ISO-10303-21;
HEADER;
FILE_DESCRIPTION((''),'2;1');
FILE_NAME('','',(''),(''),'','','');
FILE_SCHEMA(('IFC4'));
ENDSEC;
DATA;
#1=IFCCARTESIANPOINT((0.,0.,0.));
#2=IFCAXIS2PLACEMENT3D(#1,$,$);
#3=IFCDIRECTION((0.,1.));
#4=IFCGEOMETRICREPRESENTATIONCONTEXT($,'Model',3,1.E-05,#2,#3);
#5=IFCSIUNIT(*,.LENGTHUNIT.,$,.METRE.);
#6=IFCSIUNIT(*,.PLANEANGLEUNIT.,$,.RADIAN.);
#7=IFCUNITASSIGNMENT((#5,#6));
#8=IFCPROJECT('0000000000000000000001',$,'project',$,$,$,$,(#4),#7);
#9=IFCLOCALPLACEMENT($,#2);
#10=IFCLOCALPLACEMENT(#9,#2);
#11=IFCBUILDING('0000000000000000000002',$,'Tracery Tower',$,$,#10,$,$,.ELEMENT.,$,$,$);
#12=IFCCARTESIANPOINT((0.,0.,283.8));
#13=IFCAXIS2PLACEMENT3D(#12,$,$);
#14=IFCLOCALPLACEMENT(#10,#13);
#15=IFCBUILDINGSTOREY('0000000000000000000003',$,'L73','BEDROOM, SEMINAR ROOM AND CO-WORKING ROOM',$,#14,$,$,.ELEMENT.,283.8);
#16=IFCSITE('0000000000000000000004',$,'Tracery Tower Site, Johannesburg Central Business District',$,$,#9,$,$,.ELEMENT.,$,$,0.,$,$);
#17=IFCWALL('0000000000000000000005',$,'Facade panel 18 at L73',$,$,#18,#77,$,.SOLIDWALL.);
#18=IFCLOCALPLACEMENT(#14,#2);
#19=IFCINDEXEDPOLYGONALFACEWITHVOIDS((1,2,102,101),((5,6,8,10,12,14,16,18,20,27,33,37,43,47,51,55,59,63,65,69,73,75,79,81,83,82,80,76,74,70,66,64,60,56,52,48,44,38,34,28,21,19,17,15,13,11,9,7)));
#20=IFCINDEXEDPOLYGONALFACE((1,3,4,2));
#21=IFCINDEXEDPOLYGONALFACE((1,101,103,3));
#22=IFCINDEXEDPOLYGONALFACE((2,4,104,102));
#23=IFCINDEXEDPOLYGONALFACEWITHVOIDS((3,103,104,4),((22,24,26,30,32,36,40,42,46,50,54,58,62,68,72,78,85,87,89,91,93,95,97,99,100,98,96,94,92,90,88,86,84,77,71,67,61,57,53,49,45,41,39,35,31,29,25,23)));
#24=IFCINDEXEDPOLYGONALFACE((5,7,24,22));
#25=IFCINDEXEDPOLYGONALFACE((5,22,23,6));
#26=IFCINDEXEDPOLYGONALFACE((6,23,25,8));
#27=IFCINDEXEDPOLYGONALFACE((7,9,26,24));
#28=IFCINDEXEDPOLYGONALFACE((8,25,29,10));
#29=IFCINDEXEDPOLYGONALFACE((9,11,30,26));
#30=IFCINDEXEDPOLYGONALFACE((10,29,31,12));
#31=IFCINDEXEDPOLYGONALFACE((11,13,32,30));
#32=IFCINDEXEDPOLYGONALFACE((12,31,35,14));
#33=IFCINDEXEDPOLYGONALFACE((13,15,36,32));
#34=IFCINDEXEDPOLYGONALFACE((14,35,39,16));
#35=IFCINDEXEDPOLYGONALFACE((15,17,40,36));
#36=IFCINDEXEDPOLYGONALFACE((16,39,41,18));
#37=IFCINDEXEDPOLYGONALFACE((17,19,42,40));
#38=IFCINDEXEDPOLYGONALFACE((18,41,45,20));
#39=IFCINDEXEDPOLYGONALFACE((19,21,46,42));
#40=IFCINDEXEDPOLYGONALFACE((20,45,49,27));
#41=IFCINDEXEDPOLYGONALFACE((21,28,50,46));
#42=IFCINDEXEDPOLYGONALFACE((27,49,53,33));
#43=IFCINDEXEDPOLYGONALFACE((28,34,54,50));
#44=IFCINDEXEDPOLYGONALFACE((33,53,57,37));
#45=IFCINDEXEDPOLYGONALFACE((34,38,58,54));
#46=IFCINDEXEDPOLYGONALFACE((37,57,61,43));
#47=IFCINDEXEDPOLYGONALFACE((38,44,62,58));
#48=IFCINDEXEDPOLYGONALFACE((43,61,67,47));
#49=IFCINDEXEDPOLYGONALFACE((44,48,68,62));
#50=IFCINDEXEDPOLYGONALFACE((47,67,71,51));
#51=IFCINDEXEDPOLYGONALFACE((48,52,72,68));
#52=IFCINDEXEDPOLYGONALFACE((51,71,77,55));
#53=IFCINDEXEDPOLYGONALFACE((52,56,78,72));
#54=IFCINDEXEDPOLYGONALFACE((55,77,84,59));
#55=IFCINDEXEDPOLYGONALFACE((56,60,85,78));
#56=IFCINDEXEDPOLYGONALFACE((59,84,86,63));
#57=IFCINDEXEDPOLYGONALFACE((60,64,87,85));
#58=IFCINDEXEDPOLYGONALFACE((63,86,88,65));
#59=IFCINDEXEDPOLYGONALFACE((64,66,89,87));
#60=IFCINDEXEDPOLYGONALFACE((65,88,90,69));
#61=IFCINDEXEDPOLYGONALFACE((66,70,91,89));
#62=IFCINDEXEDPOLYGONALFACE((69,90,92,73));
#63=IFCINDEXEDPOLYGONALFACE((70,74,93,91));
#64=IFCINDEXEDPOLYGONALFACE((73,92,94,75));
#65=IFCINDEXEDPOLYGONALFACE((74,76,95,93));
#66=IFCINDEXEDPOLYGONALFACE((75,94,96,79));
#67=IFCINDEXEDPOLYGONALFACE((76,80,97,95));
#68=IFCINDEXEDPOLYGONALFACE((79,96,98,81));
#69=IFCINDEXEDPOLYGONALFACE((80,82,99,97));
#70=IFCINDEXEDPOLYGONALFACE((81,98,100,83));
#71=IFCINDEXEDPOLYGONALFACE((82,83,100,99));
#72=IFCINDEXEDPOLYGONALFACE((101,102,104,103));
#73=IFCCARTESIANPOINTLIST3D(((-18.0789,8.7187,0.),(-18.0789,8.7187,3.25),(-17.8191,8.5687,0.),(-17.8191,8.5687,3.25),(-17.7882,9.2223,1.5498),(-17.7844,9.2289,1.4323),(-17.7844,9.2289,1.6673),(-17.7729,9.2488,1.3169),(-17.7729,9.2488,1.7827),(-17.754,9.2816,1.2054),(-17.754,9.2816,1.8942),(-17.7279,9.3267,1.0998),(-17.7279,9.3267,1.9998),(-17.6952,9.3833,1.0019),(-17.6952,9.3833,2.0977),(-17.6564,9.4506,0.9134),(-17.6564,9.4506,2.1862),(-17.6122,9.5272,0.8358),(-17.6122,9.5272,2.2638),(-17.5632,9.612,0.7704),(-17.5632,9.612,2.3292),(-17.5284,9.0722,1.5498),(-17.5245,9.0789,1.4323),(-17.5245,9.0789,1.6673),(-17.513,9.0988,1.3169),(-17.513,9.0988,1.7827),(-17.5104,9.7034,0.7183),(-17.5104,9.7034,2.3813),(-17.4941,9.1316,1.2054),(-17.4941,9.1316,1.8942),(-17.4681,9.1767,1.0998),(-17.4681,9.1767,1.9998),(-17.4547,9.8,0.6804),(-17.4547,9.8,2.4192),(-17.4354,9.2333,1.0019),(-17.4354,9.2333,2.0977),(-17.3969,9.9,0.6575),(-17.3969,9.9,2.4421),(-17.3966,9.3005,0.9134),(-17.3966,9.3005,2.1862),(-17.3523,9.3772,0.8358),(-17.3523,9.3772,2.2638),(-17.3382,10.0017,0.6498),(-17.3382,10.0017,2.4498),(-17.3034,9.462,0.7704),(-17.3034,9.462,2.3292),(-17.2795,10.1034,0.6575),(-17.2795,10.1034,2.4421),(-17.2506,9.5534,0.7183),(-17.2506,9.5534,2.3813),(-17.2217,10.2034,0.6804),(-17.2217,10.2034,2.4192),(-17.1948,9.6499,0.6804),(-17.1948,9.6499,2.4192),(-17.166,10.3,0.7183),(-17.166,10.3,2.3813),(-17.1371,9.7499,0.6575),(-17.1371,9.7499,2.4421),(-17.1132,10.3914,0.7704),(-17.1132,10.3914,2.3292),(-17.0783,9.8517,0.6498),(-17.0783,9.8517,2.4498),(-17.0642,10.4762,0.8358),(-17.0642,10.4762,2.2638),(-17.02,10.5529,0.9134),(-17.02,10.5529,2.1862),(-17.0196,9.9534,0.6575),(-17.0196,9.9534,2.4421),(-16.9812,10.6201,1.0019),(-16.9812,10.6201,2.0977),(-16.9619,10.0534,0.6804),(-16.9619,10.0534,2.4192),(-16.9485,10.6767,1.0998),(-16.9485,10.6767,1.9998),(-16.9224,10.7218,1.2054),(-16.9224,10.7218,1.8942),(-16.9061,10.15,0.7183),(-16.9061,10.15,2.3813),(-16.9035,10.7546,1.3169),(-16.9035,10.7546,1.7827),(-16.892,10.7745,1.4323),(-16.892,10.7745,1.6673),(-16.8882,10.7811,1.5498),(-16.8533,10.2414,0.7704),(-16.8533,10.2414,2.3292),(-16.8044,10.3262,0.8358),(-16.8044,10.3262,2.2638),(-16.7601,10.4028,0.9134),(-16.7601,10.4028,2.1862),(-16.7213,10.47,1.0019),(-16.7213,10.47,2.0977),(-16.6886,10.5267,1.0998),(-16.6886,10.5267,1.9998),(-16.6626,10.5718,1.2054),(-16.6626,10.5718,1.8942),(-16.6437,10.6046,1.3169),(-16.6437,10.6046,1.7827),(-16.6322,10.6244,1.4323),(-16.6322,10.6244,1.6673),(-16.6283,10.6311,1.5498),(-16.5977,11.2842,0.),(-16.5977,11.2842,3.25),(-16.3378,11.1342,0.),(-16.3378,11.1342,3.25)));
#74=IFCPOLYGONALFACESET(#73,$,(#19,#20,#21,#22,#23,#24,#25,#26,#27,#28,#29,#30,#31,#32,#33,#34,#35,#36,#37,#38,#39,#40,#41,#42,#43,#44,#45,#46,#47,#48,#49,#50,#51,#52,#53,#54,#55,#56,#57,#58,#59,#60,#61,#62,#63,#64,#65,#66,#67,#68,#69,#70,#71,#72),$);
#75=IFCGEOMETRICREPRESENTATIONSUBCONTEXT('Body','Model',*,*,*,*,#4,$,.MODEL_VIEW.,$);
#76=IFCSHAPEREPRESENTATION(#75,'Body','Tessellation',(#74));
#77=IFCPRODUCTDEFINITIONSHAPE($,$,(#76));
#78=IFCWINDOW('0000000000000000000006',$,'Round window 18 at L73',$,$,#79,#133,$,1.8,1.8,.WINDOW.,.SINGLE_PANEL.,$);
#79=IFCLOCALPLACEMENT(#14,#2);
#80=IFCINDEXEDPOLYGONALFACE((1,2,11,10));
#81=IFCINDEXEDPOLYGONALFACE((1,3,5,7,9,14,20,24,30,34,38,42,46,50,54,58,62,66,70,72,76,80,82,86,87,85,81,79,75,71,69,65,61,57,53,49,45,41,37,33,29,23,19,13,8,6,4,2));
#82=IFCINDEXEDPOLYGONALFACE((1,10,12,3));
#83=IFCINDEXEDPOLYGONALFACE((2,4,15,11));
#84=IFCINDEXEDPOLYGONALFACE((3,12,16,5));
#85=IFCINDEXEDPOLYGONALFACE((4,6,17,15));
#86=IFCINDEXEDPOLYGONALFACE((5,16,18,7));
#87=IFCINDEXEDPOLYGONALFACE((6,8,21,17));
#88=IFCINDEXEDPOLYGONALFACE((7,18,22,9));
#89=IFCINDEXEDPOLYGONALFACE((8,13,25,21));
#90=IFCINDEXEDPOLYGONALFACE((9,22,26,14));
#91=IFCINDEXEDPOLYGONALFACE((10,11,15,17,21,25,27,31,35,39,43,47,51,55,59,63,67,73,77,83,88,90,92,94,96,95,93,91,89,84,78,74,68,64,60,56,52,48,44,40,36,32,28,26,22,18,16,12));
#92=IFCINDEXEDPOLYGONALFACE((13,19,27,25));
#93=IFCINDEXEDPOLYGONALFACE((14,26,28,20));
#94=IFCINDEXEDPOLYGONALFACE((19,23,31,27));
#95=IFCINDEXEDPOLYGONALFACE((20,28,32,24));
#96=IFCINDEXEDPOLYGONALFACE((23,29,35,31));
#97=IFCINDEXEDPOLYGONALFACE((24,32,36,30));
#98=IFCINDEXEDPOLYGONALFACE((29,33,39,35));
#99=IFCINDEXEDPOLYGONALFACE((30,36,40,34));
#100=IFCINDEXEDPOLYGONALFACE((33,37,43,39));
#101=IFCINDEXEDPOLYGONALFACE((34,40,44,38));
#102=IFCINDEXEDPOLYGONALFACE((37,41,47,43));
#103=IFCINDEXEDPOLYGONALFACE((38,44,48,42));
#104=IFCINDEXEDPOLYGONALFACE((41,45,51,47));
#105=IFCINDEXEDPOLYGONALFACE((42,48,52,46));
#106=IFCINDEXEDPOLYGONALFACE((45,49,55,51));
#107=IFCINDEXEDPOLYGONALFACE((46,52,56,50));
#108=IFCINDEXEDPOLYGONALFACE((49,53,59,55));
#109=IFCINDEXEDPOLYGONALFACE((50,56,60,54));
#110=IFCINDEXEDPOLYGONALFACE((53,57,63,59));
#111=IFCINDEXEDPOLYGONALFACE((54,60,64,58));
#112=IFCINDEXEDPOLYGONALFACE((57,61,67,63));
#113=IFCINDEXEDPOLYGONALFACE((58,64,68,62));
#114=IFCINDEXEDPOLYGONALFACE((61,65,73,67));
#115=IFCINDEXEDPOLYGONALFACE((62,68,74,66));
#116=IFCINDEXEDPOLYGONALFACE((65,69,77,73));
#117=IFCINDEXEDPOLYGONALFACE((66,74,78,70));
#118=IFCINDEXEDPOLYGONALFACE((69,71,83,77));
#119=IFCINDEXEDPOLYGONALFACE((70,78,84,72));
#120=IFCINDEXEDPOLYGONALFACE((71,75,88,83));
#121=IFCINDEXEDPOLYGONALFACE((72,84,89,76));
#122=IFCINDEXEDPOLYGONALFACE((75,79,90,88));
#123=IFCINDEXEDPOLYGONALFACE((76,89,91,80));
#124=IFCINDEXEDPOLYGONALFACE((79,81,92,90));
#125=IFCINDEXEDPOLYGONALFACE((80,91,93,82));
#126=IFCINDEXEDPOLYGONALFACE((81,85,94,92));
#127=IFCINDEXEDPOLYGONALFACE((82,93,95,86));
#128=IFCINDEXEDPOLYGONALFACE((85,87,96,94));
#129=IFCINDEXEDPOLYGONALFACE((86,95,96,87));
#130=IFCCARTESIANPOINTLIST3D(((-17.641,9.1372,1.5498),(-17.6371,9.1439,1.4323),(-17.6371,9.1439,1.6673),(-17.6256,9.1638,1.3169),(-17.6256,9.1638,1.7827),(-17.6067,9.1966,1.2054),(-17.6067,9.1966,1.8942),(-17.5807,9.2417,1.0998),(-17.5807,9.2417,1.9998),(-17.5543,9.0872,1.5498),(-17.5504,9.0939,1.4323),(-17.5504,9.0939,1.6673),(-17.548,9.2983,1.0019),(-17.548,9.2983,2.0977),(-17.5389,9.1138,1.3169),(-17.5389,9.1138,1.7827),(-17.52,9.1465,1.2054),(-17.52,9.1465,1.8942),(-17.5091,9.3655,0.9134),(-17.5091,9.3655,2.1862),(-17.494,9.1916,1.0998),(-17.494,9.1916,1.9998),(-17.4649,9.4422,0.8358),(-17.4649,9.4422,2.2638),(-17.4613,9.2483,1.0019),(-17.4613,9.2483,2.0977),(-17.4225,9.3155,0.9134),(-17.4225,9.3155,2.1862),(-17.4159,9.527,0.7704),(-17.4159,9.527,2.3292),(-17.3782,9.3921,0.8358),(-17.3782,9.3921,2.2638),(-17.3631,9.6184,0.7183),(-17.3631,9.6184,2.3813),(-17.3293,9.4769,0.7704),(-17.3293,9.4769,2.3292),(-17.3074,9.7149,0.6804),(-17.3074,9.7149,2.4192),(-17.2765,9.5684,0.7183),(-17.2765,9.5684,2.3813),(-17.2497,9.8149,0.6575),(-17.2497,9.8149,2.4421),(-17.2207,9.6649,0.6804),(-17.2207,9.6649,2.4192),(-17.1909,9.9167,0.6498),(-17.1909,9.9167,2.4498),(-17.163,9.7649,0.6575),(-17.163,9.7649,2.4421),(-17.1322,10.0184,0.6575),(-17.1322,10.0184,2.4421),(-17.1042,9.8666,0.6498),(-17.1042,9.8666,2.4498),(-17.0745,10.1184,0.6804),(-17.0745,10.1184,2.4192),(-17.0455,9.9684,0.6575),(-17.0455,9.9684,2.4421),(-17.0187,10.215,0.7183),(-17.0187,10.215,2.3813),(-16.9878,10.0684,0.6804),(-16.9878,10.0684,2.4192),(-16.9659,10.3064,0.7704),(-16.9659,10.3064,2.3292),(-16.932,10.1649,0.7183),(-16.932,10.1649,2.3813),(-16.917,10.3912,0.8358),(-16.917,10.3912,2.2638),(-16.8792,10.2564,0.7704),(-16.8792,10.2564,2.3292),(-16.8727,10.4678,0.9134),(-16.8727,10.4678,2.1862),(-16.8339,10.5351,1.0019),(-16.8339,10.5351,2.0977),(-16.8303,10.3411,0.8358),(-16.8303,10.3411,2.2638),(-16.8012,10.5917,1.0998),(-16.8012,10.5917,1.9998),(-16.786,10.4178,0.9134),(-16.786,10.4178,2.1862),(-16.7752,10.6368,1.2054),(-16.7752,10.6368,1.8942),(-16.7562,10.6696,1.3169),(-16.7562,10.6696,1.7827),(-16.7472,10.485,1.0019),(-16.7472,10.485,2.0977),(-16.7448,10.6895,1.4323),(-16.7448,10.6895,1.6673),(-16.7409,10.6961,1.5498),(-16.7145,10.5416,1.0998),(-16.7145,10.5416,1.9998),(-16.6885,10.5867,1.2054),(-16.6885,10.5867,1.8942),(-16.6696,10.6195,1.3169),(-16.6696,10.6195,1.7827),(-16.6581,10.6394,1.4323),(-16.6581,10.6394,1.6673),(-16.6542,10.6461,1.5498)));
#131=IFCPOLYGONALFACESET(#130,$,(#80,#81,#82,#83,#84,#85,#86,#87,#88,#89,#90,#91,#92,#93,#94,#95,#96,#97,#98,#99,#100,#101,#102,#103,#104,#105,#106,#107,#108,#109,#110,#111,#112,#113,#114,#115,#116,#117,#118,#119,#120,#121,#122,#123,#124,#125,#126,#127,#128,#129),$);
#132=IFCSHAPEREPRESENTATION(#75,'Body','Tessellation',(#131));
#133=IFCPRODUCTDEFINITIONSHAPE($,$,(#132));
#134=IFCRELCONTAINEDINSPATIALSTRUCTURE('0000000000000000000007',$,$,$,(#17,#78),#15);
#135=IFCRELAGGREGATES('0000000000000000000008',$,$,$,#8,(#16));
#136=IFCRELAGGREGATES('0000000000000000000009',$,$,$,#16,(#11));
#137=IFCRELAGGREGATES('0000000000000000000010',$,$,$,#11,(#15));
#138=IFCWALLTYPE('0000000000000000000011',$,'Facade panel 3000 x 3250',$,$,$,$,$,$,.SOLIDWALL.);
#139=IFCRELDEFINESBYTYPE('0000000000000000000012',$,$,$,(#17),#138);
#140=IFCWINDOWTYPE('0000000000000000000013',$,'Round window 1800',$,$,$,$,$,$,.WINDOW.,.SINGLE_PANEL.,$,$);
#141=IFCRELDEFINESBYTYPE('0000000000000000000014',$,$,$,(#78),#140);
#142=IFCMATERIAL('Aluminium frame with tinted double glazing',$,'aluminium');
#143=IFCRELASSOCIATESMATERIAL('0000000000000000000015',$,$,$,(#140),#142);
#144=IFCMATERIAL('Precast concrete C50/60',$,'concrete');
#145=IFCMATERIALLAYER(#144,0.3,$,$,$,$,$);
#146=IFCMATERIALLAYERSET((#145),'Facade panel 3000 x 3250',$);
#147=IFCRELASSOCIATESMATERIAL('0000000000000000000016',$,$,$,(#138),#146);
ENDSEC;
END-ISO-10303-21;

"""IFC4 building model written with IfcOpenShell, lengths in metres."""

from ifc_helpers import new_model, si_unit, direction, frame, frame_2d, origin, origin_2d, place, context, subcontext, project, spatial, rectangle, circle, extrude, material, layer, layer_set, type_object, element, fill, save


model = new_model("IFC4")

# Units and contexts
model_context = context("Model", 3, precision=1e-05, world=origin(), true_north=direction((0.0, 1.0)))
body_context = subcontext(model_context, "Body", "Model", "MODEL_VIEW")
ifc_project = project(units=[si_unit("LENGTHUNIT", "METRE"), si_unit("PLANEANGLEUNIT", "RADIAN")], contexts=[model_context])

# Site, building, storey
site_placement = place(None, origin())
site = spatial("IfcSite", under=ifc_project, at=site_placement, Name="Tracery Tower Site, Johannesburg Central Business District", CompositionType="ELEMENT", RefElevation=0.0)
building_placement = place(site_placement, origin())
building = spatial("IfcBuilding", under=site, at=building_placement, Name="Tracery Tower", CompositionType="ELEMENT")
storey_placement = place(building_placement, frame((0.0, 0.0, 283.8)))
storey = spatial("IfcBuildingStorey", under=building, at=storey_placement, Name="L73", Description="BEDROOM, SEMINAR ROOM AND CO-WORKING ROOM", CompositionType="ELEMENT", Elevation=283.8)

# Wall, opening, window
ifc_material_1 = material(Name="Aluminium frame with tinted double glazing", Category="aluminium")
window_type = type_object("IfcWindowType", Name="Round window 1800", PartitioningType="SINGLE_PANEL", PredefinedType="WINDOW", material=ifc_material_1)
ifc_material_2 = material(Name="Precast concrete C50/60", Category="concrete")
ifc_layer_1 = layer(ifc_material_2, 0.3)
ifc_layer_set_1 = layer_set([ifc_layer_1], Name="Facade panel 3000 x 3250")
wall_type_1 = type_object("IfcWallType", Name="Facade panel 3000 x 3250", PredefinedType="SOLIDWALL", material=ifc_layer_set_1)
wall_1_placement = place(storey_placement, frame((-16.4678, 11.2092, 0.0), z_axis=(0.0, 0.0, 1.0), x_axis=(-0.500013, -0.866018, 0.0)))
wall_1 = element("IfcWall", 1, at=wall_1_placement, inside=storey, type_object=wall_type_1, Name="Facade panel 18 at L73", PredefinedType="SOLIDWALL", context=body_context, shape_type="SweptSolid", body=[
    extrude(rectangle(XDim=2.9624, YDim=0.3, at=frame_2d((1.4812, 0.0))), origin(), (0.0, 0.0, 1.0), 3.25),
])
opening_1_placement = place(wall_1_placement, frame((1.481, 0.0, 1.5498)))
opening_1 = element("IfcOpeningElement", 2, at=opening_1_placement, cuts=wall_1, PredefinedType="OPENING", context=body_context, shape_type="SweptSolid", body=[
    extrude(circle(Radius=0.9, at=origin_2d()), frame((0.0, 0.1599, 0.0), z_axis=(0.0, -1.0, 0.0), x_axis=(1.0, 0.0, 0.0)), (0.0, 0.0, 1.0), 0.3201),
])
window_1_placement = place(opening_1_placement, origin())
window_1 = element("IfcWindow", 3, at=window_1_placement, inside=storey, type_object=window_type, Name="Round window 18 at L73", OverallHeight=1.8, OverallWidth=1.8, PartitioningType="SINGLE_PANEL", PredefinedType="WINDOW", context=body_context, shape_type="SweptSolid", body=[
    extrude(circle(Radius=0.9, at=origin_2d()), frame((0.0, 0.1201, 0.0), z_axis=(0.0, -1.0, 0.0), x_axis=(1.0, 0.0, 0.0)), (0.0, 0.0, 1.0), 0.1001),
])
fill(opening_1, window_1)

save(model, "model.ifc")
